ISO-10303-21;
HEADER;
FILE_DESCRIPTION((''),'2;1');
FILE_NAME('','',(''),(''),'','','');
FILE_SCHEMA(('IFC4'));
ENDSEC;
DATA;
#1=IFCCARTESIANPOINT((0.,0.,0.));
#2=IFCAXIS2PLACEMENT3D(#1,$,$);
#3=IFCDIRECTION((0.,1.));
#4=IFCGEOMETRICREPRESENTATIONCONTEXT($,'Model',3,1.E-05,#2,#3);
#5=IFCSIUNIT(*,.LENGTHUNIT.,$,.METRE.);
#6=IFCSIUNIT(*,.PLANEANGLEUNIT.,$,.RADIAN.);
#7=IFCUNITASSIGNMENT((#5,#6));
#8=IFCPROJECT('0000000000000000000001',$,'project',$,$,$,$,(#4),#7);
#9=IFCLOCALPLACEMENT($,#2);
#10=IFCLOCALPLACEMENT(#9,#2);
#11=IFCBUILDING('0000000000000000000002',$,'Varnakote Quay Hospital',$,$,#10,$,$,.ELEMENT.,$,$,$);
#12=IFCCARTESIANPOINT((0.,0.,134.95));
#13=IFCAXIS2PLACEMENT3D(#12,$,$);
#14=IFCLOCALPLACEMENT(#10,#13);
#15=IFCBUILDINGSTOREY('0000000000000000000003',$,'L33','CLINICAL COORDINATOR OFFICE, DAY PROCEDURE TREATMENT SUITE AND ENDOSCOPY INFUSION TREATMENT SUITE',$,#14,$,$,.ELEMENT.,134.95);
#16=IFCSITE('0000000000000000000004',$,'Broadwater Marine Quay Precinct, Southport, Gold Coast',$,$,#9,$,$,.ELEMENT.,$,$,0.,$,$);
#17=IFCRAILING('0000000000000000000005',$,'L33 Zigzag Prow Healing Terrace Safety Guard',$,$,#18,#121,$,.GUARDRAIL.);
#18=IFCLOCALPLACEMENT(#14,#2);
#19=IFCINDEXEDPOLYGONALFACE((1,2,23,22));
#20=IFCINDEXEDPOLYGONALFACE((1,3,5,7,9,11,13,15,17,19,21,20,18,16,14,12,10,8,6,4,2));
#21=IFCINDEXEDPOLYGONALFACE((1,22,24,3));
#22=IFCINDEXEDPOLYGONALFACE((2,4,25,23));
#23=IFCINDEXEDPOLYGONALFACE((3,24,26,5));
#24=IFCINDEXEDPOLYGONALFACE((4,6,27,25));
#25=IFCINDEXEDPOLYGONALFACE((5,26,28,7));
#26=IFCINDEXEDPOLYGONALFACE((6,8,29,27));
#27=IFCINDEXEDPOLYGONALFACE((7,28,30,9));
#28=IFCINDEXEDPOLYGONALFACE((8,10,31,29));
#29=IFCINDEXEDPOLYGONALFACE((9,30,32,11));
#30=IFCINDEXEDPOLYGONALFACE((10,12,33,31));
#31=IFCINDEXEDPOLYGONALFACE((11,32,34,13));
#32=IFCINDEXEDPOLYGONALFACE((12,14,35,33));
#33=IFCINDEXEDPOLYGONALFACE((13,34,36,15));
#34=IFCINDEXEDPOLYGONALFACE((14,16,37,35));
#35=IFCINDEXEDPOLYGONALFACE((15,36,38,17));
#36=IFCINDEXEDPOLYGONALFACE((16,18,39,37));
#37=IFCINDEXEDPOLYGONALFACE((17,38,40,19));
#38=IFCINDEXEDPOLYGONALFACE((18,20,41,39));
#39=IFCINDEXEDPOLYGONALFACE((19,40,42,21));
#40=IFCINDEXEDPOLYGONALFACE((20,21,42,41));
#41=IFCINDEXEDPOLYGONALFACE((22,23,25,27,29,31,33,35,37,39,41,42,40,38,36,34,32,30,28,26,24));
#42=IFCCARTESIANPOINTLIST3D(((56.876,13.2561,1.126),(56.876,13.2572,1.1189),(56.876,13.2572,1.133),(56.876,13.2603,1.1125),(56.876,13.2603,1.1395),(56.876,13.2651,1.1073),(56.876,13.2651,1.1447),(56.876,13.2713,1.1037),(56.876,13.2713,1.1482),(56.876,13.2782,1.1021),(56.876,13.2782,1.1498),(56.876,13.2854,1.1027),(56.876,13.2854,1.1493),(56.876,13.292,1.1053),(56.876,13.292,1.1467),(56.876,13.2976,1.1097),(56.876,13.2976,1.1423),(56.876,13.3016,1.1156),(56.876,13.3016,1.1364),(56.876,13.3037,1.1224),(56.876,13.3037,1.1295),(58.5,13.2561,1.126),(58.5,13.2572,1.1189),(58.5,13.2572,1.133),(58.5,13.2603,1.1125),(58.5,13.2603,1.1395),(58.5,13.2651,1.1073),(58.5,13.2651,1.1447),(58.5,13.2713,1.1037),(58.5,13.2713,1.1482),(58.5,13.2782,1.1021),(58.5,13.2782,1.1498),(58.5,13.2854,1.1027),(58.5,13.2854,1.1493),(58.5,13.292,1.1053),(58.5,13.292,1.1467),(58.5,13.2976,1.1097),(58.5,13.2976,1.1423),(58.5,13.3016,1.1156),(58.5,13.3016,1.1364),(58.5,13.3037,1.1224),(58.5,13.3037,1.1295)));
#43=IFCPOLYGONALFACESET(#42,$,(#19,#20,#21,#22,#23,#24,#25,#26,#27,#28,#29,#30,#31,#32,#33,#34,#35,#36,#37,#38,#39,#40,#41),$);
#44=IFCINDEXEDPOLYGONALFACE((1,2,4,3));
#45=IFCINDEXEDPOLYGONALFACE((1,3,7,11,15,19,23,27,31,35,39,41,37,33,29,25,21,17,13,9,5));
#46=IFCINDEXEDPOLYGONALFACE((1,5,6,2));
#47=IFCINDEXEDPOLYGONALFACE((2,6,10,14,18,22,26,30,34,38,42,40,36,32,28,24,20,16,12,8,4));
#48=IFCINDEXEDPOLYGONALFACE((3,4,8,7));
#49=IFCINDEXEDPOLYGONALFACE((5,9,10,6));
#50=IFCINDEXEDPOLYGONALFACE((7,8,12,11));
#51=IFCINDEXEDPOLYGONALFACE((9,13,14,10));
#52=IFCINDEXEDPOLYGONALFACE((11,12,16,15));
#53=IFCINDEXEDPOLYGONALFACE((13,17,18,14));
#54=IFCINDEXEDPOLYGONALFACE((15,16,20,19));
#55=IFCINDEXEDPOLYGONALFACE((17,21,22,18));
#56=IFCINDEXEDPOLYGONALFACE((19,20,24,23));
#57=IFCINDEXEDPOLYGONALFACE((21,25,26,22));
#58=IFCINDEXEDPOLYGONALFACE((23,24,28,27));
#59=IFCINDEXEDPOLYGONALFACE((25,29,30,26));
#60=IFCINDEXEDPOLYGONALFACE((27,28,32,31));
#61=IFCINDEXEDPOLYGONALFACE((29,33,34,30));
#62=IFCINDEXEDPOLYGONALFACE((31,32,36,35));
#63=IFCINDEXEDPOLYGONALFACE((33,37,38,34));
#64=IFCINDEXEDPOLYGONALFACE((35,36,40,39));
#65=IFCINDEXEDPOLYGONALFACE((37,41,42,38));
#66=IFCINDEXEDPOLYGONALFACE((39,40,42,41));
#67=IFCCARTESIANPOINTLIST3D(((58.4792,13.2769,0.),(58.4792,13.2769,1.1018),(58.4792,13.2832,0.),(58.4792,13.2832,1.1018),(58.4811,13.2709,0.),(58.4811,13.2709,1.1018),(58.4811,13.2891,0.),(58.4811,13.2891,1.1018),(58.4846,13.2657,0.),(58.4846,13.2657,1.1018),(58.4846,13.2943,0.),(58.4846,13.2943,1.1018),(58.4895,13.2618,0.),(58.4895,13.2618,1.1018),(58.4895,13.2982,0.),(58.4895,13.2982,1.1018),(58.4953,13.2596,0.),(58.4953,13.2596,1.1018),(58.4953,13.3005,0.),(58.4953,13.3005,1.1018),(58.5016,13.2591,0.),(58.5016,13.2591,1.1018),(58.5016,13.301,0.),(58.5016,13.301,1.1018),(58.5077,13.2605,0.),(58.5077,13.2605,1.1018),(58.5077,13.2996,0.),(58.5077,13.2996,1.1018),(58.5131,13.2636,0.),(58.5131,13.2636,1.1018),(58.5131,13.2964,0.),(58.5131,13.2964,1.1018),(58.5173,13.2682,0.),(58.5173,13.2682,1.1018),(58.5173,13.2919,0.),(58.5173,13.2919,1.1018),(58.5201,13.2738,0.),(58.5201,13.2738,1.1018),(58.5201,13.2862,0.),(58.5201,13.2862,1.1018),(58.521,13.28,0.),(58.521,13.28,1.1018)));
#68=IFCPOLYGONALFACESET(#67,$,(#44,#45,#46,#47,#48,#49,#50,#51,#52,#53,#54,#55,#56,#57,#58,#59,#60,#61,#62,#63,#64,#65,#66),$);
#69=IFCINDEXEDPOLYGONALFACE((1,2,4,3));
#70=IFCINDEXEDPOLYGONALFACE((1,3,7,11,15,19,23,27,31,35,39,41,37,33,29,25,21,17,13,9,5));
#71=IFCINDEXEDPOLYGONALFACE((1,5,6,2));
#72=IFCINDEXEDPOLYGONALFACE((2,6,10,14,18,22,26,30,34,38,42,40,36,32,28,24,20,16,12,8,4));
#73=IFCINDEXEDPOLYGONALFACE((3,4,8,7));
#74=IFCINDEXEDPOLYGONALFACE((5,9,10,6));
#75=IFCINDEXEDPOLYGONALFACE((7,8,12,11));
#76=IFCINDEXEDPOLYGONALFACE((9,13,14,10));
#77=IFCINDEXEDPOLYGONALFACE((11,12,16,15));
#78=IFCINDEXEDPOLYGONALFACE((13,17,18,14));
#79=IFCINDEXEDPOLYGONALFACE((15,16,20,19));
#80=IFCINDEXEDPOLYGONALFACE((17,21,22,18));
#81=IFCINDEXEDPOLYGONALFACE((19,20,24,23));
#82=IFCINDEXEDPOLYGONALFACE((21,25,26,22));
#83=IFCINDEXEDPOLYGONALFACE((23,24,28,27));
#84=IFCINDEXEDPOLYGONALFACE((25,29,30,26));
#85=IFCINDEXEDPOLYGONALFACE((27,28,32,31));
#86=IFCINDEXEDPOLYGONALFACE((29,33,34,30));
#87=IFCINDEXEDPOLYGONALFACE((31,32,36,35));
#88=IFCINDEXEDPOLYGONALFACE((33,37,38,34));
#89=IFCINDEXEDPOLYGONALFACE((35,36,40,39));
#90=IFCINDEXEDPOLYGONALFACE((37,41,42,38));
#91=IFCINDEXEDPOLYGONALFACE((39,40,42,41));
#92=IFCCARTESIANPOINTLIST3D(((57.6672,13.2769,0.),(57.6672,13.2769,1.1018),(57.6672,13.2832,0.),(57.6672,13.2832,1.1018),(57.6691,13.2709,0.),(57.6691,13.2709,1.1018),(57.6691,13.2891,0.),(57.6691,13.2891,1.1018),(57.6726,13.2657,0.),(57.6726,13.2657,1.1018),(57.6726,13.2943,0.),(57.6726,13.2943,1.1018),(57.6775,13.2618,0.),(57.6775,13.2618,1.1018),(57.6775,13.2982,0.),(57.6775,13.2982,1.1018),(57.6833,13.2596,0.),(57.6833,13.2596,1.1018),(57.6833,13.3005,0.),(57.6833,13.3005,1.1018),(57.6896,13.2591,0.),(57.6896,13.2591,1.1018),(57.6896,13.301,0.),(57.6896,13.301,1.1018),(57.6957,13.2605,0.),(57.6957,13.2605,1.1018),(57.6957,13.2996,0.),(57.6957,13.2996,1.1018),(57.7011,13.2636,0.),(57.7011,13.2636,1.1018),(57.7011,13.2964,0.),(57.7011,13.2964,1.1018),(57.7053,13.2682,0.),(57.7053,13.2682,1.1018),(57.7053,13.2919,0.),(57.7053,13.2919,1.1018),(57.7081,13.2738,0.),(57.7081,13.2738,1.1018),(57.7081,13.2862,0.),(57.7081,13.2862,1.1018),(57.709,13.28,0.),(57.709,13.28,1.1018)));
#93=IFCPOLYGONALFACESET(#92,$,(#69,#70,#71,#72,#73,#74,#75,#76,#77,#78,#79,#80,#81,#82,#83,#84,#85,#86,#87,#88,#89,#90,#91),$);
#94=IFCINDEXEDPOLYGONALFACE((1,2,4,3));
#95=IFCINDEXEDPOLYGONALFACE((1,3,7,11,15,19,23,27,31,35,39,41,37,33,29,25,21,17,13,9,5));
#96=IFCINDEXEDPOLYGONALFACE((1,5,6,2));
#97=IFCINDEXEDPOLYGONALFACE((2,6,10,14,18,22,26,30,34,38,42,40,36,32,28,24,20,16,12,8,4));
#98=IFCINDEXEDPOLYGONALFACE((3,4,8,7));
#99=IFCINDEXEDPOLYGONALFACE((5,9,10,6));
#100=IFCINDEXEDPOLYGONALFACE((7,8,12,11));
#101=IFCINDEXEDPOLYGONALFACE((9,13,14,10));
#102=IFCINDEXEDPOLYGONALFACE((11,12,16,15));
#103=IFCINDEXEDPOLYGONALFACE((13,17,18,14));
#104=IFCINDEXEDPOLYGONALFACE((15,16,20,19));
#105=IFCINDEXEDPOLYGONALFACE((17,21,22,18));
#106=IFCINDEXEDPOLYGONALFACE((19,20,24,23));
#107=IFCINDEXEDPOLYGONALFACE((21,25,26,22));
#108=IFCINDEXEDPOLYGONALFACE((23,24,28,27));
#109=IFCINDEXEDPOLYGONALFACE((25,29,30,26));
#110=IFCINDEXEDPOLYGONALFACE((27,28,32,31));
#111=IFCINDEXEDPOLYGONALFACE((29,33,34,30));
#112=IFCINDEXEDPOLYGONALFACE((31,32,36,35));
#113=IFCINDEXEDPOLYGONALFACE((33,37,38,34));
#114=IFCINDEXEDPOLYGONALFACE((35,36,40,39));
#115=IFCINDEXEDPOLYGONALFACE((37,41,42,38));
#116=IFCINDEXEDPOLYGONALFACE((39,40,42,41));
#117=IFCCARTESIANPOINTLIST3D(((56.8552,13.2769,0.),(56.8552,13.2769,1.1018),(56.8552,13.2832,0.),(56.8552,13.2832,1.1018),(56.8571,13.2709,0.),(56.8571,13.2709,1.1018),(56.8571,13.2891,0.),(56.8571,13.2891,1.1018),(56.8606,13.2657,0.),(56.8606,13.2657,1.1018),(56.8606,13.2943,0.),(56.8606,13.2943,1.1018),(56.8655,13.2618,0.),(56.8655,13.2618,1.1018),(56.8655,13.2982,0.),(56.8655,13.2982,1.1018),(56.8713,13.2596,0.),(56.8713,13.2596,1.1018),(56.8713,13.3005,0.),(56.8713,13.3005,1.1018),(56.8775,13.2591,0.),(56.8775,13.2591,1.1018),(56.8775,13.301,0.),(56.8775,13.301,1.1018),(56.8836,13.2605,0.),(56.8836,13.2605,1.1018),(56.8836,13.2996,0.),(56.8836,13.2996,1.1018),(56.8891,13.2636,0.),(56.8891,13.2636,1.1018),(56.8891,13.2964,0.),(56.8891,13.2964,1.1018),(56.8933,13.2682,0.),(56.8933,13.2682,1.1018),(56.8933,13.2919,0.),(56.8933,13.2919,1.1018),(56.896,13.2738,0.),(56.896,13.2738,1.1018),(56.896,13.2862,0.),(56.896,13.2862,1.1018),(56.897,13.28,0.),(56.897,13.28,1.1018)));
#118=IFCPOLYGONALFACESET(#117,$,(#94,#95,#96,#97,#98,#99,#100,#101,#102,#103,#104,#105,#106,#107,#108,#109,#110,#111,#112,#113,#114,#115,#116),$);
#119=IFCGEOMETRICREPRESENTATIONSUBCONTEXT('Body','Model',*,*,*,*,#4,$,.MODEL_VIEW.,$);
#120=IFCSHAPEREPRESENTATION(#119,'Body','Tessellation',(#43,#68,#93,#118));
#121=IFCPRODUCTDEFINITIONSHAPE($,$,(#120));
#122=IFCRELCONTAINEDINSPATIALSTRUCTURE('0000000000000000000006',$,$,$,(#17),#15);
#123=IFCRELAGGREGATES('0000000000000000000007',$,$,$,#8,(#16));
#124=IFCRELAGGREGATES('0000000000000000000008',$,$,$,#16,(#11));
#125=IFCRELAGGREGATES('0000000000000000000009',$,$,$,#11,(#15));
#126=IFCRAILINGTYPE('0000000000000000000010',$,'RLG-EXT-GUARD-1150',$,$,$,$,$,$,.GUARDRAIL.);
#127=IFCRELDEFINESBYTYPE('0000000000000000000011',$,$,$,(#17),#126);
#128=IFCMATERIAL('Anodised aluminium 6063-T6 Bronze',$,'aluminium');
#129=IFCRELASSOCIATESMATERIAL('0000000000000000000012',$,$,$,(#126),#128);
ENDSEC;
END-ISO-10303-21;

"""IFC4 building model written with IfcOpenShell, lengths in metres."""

from ifc_helpers import new_model, si_unit, direction, frame, origin, origin_2d, place, context, subcontext, project, spatial, circle, extrude, material, type_object, element, save


model = new_model("IFC4")

# Units and contexts
model_context = context("Model", 3, precision=1e-05, world=origin(), true_north=direction((0.0, 1.0)))
body_context = subcontext(model_context, "Body", "Model", "MODEL_VIEW")
ifc_project = project(units=[si_unit("LENGTHUNIT", "METRE"), si_unit("PLANEANGLEUNIT", "RADIAN")], contexts=[model_context])

# Site, building, storey
site_placement = place(None, origin())
site = spatial("IfcSite", under=ifc_project, at=site_placement, Name="Broadwater Marine Quay Precinct, Southport, Gold Coast", CompositionType="ELEMENT", RefElevation=0.0)
building_placement = place(site_placement, origin())
building = spatial("IfcBuilding", under=site, at=building_placement, Name="Varnakote Quay Hospital", CompositionType="ELEMENT")
storey_placement = place(building_placement, frame((0.0, 0.0, 134.95)))
storey = spatial("IfcBuildingStorey", under=building, at=storey_placement, Name="L33", Description="CLINICAL COORDINATOR OFFICE, DAY PROCEDURE TREATMENT SUITE AND ENDOSCOPY INFUSION TREATMENT SUITE", CompositionType="ELEMENT", Elevation=134.95)

# Railing
ifc_material_1 = material(Name="Anodised aluminium 6063-T6 Bronze", Category="aluminium")
railing_type = type_object("IfcRailingType", Name="RLG-EXT-GUARD-1150", PredefinedType="GUARDRAIL", material=ifc_material_1)
railing_1_placement = place(storey_placement, frame((58.5, 13.28, 0.0)))
element("IfcRailing", 1, at=railing_1_placement, inside=storey, type_object=railing_type, Name="L33 Zigzag Prow Healing Terrace Safety Guard", PredefinedType="GUARDRAIL", context=body_context, shape_type="SweptSolid", body=[
    extrude(circle(Radius=0.0239, at=origin_2d()), frame((0.0, 0.0, 1.126), z_axis=(-1.0, 0.0, 0.0), x_axis=(0.0, -1.0, 0.0)), (0.0, 0.0, 1.0), 1.624),
    extrude(circle(Radius=0.021, at=origin_2d()), origin(), (0.0, 0.0, 1.0), 1.1018),
    extrude(circle(Radius=0.021, at=origin_2d()), frame((-0.812, 0.0, 0.0)), (0.0, 0.0, 1.0), 1.1018),
    extrude(circle(Radius=0.021, at=origin_2d()), frame((-1.624, 0.0, 0.0)), (0.0, 0.0, 1.0), 1.1018),
])

save(model, "model.ifc")
